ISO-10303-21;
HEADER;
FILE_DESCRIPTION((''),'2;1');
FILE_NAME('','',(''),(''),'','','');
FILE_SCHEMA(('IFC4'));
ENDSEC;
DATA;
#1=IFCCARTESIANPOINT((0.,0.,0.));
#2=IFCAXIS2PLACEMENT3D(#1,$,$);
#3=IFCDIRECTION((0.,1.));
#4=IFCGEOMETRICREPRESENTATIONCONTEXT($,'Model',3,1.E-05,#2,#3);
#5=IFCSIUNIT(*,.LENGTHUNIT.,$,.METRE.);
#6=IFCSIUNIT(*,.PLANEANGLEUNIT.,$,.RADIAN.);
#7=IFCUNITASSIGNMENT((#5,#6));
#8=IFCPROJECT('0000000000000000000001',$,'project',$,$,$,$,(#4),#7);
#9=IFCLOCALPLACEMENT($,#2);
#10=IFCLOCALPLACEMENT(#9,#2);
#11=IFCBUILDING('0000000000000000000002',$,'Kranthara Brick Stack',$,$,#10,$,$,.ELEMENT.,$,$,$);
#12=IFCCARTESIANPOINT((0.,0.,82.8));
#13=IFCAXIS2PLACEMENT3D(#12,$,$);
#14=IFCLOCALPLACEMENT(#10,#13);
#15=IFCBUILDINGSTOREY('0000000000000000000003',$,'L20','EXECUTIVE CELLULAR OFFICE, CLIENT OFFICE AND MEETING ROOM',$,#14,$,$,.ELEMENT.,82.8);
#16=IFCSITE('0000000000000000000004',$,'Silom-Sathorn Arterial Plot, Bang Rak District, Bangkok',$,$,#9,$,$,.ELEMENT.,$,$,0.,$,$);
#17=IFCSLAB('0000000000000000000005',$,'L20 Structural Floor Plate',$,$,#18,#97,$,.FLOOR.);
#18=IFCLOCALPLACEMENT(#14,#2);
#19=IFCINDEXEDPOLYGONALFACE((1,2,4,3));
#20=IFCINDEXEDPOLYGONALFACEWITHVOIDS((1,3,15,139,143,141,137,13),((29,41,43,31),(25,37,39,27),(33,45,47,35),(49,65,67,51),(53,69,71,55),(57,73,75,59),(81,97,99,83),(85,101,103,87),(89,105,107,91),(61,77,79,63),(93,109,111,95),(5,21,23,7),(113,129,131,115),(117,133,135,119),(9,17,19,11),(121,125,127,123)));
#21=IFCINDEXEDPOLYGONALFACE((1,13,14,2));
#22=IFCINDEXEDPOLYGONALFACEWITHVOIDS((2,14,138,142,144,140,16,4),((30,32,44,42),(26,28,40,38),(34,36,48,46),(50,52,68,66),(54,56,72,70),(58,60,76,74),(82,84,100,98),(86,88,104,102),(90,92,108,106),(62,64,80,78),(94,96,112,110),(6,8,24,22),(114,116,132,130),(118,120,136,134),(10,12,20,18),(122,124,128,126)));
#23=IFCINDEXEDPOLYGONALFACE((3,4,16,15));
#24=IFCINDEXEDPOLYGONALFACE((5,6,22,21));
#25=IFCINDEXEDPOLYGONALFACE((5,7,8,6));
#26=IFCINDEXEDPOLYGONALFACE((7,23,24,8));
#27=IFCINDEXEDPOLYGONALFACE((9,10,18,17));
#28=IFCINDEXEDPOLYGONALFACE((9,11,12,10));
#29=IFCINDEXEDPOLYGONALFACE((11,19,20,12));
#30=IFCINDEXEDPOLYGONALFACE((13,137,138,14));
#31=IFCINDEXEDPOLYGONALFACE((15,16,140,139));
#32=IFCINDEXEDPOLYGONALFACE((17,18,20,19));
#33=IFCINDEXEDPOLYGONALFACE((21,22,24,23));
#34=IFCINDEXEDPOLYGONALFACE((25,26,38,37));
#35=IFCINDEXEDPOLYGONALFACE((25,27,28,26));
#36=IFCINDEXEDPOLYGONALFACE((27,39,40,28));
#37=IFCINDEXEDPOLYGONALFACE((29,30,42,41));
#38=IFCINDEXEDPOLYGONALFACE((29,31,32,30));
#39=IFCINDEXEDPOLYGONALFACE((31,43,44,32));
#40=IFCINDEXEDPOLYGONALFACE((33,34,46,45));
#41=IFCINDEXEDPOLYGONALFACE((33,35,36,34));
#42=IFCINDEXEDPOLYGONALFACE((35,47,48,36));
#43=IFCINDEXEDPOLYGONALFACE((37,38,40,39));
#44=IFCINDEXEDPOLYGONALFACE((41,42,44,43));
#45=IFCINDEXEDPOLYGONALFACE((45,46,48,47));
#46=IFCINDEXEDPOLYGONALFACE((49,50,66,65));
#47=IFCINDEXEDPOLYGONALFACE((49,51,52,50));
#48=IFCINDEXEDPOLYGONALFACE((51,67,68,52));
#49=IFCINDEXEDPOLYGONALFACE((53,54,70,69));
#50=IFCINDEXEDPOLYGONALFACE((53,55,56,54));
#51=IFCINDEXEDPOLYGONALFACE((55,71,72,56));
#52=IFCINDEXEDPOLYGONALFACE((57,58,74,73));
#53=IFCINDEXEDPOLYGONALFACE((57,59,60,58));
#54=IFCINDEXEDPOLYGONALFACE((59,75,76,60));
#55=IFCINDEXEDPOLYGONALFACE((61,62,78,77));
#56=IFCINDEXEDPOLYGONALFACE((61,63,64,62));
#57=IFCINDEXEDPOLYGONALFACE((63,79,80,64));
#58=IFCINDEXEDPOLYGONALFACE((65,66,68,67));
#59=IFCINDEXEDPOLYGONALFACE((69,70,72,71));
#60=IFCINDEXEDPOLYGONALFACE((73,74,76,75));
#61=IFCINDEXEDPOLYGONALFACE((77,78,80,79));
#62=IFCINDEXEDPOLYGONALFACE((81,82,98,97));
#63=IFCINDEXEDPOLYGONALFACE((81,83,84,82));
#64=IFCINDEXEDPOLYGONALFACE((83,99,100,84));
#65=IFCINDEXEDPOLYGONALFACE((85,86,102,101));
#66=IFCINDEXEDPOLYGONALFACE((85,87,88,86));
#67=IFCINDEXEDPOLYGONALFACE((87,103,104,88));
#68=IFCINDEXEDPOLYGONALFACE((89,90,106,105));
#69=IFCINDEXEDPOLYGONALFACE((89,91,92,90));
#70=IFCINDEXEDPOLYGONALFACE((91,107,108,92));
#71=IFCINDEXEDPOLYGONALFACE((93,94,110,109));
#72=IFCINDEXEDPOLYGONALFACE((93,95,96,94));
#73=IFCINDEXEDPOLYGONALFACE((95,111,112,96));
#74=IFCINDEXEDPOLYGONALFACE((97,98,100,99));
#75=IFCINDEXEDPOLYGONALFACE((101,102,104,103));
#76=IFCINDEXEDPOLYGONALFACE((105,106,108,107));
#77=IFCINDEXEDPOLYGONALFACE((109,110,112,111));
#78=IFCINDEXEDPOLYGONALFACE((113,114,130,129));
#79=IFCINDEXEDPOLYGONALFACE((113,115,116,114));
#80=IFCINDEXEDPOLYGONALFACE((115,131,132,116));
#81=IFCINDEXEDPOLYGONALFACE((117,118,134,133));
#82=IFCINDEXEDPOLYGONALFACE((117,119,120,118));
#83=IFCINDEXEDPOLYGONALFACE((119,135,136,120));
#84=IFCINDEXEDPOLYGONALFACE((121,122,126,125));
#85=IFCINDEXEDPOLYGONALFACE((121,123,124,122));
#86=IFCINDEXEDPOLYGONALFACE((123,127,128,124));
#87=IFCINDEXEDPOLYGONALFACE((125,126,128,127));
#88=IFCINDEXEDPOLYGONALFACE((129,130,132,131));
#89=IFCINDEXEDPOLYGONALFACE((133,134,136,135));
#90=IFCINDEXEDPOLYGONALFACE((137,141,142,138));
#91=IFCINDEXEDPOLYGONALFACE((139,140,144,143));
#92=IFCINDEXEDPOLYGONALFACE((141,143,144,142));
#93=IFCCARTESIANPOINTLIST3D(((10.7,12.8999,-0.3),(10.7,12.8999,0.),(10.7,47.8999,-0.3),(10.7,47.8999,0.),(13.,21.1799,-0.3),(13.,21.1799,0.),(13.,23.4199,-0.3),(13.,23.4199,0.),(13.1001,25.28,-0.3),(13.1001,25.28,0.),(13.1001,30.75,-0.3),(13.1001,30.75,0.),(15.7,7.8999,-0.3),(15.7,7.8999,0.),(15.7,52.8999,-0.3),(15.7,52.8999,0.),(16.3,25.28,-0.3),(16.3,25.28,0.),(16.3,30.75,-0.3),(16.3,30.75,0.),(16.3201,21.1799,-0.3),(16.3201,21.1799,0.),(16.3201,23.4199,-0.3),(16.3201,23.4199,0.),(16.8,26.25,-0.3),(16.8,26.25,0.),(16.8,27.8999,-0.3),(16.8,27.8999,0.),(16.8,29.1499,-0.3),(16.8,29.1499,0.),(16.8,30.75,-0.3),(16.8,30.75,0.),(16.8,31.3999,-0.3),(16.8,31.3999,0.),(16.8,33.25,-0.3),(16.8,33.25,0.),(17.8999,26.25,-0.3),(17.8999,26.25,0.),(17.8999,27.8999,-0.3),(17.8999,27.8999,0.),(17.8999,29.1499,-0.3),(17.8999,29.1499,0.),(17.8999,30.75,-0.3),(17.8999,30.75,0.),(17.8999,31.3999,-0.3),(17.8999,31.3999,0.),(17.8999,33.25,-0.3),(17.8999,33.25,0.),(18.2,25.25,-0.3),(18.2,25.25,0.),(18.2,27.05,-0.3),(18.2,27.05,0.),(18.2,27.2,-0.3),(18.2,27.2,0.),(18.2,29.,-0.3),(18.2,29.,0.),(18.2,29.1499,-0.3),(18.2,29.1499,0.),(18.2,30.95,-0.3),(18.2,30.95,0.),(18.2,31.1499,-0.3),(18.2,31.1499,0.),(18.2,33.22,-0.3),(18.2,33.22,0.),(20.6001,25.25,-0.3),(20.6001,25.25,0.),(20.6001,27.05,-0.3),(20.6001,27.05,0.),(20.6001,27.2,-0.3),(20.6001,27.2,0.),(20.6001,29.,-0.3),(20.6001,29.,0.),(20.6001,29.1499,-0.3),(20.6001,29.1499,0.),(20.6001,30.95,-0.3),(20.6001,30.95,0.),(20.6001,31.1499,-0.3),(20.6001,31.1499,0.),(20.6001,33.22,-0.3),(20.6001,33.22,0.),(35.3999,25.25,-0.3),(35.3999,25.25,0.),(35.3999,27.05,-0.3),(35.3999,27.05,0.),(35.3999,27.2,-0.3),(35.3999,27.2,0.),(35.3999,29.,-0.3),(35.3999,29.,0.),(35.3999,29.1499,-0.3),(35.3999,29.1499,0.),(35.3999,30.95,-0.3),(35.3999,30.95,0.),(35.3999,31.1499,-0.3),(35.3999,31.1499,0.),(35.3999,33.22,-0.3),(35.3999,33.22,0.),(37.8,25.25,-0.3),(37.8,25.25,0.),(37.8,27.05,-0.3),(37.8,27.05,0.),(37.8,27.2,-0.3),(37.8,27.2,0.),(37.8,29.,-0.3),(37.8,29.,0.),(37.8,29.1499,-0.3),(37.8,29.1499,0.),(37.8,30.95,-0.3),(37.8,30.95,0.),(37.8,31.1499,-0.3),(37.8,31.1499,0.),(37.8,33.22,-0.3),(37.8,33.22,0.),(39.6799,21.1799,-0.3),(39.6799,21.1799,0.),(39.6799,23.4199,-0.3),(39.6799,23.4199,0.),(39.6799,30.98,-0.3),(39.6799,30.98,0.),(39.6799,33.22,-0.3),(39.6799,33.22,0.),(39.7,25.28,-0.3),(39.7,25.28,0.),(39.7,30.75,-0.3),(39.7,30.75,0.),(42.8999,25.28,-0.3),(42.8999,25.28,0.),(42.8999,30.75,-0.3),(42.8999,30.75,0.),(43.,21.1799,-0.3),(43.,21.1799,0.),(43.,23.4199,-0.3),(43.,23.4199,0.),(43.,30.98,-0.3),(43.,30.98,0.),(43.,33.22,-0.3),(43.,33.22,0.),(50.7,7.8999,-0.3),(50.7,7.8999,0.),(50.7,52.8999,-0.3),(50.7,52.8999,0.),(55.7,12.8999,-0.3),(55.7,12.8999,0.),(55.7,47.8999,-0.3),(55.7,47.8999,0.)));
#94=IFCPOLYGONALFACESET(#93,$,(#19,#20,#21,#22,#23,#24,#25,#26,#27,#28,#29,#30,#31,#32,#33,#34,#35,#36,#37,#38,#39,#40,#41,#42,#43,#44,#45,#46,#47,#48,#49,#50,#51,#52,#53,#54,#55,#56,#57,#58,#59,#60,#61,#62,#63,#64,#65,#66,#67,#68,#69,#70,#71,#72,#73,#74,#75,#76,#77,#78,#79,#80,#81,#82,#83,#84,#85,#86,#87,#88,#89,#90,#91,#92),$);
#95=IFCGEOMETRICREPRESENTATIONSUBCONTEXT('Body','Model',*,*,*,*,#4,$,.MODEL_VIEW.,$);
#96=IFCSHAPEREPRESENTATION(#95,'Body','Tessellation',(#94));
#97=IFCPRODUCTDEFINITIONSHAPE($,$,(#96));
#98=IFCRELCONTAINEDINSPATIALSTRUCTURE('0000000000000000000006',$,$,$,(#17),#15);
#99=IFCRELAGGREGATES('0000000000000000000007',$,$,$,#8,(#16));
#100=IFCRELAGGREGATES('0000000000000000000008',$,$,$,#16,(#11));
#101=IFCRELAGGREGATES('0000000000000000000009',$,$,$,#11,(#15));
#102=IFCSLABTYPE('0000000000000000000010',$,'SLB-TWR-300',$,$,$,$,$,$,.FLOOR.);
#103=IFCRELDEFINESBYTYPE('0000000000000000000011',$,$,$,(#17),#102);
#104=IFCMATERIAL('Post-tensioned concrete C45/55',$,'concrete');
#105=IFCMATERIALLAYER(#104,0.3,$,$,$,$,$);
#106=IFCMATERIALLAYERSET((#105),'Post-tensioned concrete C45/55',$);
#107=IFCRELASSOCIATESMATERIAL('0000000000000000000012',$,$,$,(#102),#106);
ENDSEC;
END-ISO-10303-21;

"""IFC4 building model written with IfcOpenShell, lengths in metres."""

from ifc_helpers import new_model, si_unit, direction, frame, origin, place, context, subcontext, project, spatial, polyline, outline, extrude, material, layer, layer_set, type_object, element, save


model = new_model("IFC4")

# Units and contexts
model_context = context("Model", 3, precision=1e-05, world=origin(), true_north=direction((0.0, 1.0)))
body_context = subcontext(model_context, "Body", "Model", "MODEL_VIEW")
ifc_project = project(units=[si_unit("LENGTHUNIT", "METRE"), si_unit("PLANEANGLEUNIT", "RADIAN")], contexts=[model_context])

# Site, building, storey
site_placement = place(None, origin())
site = spatial("IfcSite", under=ifc_project, at=site_placement, Name="Silom-Sathorn Arterial Plot, Bang Rak District, Bangkok", CompositionType="ELEMENT", RefElevation=0.0)
building_placement = place(site_placement, origin())
building = spatial("IfcBuilding", under=site, at=building_placement, Name="Kranthara Brick Stack", CompositionType="ELEMENT")
storey_placement = place(building_placement, frame((0.0, 0.0, 82.8)))
storey = spatial("IfcBuildingStorey", under=building, at=storey_placement, Name="L20", Description="EXECUTIVE CELLULAR OFFICE, CLIENT OFFICE AND MEETING ROOM", CompositionType="ELEMENT", Elevation=82.8)

# Slab
ifc_material_1 = material(Name="Post-tensioned concrete C45/55", Category="concrete")
ifc_layer_1 = layer(ifc_material_1, 0.3)
ifc_layer_set_1 = layer_set([ifc_layer_1], Name="Post-tensioned concrete C45/55")
slab_type_1 = type_object("IfcSlabType", Name="SLB-TWR-300", PredefinedType="FLOOR", material=ifc_layer_set_1)
slab_1_placement = place(storey_placement, frame((0.0, 0.0, -0.3)))
element("IfcSlab", 1, at=slab_1_placement, inside=storey, type_object=slab_type_1, Name="L20 Structural Floor Plate", PredefinedType="FLOOR", context=body_context, shape_type="SweptSolid", body=[
    extrude(outline(polyline([(15.7, 7.8999), (50.7, 7.8999), (55.7, 12.8999), (55.7, 47.8999), (50.7, 52.8999), (15.7, 52.8999), (10.7, 47.8999), (10.7, 12.8999), (15.7, 7.8999)]), holes=[polyline([(13.1001, 25.28), (16.3, 25.28), (16.3, 30.75), (13.1001, 30.75), (13.1001, 25.28)]), polyline([(39.7, 25.28), (42.8999, 25.28), (42.8999, 30.75), (39.7, 30.75), (39.7, 25.28)]), polyline([(13.0, 21.1799), (16.3201, 21.1799), (16.3201, 23.4199), (13.0, 23.4199), (13.0, 21.1799)]), polyline([(39.6799, 21.1799), (43.0, 21.1799), (43.0, 23.4199), (39.6799, 23.4199), (39.6799, 21.1799)]), polyline([(39.6799, 30.98), (43.0, 30.98), (43.0, 33.22), (39.6799, 33.22), (39.6799, 30.98)]), polyline([(18.2, 25.25), (20.6001, 25.25), (20.6001, 27.05), (18.2, 27.05), (18.2, 25.25)]), polyline([(18.2, 27.2), (20.6001, 27.2), (20.6001, 29.0), (18.2, 29.0), (18.2, 27.2)]), polyline([(18.2, 29.1499), (20.6001, 29.1499), (20.6001, 30.95), (18.2, 30.95), (18.2, 29.1499)]), polyline([(35.3999, 25.25), (37.8, 25.25), (37.8, 27.05), (35.3999, 27.05), (35.3999, 25.25)]), polyline([(35.3999, 27.2), (37.8, 27.2), (37.8, 29.0), (35.3999, 29.0), (35.3999, 27.2)]), polyline([(35.3999, 29.1499), (37.8, 29.1499), (37.8, 30.95), (35.3999, 30.95), (35.3999, 29.1499)]), polyline([(18.2, 31.1499), (20.6001, 31.1499), (20.6001, 33.22), (18.2, 33.22), (18.2, 31.1499)]), polyline([(35.3999, 31.1499), (37.8, 31.1499), (37.8, 33.22), (35.3999, 33.22), (35.3999, 31.1499)]), polyline([(16.8, 26.25), (17.8999, 26.25), (17.8999, 27.8999), (16.8, 27.8999), (16.8, 26.25)]), polyline([(16.8, 29.1499), (17.8999, 29.1499), (17.8999, 30.75), (16.8, 30.75), (16.8, 29.1499)]), polyline([(16.8, 31.3999), (17.8999, 31.3999), (17.8999, 33.25), (16.8, 33.25), (16.8, 31.3999)])]), origin(), (0.0, 0.0, 1.0), 0.3),
])

save(model, "model.ifc")
